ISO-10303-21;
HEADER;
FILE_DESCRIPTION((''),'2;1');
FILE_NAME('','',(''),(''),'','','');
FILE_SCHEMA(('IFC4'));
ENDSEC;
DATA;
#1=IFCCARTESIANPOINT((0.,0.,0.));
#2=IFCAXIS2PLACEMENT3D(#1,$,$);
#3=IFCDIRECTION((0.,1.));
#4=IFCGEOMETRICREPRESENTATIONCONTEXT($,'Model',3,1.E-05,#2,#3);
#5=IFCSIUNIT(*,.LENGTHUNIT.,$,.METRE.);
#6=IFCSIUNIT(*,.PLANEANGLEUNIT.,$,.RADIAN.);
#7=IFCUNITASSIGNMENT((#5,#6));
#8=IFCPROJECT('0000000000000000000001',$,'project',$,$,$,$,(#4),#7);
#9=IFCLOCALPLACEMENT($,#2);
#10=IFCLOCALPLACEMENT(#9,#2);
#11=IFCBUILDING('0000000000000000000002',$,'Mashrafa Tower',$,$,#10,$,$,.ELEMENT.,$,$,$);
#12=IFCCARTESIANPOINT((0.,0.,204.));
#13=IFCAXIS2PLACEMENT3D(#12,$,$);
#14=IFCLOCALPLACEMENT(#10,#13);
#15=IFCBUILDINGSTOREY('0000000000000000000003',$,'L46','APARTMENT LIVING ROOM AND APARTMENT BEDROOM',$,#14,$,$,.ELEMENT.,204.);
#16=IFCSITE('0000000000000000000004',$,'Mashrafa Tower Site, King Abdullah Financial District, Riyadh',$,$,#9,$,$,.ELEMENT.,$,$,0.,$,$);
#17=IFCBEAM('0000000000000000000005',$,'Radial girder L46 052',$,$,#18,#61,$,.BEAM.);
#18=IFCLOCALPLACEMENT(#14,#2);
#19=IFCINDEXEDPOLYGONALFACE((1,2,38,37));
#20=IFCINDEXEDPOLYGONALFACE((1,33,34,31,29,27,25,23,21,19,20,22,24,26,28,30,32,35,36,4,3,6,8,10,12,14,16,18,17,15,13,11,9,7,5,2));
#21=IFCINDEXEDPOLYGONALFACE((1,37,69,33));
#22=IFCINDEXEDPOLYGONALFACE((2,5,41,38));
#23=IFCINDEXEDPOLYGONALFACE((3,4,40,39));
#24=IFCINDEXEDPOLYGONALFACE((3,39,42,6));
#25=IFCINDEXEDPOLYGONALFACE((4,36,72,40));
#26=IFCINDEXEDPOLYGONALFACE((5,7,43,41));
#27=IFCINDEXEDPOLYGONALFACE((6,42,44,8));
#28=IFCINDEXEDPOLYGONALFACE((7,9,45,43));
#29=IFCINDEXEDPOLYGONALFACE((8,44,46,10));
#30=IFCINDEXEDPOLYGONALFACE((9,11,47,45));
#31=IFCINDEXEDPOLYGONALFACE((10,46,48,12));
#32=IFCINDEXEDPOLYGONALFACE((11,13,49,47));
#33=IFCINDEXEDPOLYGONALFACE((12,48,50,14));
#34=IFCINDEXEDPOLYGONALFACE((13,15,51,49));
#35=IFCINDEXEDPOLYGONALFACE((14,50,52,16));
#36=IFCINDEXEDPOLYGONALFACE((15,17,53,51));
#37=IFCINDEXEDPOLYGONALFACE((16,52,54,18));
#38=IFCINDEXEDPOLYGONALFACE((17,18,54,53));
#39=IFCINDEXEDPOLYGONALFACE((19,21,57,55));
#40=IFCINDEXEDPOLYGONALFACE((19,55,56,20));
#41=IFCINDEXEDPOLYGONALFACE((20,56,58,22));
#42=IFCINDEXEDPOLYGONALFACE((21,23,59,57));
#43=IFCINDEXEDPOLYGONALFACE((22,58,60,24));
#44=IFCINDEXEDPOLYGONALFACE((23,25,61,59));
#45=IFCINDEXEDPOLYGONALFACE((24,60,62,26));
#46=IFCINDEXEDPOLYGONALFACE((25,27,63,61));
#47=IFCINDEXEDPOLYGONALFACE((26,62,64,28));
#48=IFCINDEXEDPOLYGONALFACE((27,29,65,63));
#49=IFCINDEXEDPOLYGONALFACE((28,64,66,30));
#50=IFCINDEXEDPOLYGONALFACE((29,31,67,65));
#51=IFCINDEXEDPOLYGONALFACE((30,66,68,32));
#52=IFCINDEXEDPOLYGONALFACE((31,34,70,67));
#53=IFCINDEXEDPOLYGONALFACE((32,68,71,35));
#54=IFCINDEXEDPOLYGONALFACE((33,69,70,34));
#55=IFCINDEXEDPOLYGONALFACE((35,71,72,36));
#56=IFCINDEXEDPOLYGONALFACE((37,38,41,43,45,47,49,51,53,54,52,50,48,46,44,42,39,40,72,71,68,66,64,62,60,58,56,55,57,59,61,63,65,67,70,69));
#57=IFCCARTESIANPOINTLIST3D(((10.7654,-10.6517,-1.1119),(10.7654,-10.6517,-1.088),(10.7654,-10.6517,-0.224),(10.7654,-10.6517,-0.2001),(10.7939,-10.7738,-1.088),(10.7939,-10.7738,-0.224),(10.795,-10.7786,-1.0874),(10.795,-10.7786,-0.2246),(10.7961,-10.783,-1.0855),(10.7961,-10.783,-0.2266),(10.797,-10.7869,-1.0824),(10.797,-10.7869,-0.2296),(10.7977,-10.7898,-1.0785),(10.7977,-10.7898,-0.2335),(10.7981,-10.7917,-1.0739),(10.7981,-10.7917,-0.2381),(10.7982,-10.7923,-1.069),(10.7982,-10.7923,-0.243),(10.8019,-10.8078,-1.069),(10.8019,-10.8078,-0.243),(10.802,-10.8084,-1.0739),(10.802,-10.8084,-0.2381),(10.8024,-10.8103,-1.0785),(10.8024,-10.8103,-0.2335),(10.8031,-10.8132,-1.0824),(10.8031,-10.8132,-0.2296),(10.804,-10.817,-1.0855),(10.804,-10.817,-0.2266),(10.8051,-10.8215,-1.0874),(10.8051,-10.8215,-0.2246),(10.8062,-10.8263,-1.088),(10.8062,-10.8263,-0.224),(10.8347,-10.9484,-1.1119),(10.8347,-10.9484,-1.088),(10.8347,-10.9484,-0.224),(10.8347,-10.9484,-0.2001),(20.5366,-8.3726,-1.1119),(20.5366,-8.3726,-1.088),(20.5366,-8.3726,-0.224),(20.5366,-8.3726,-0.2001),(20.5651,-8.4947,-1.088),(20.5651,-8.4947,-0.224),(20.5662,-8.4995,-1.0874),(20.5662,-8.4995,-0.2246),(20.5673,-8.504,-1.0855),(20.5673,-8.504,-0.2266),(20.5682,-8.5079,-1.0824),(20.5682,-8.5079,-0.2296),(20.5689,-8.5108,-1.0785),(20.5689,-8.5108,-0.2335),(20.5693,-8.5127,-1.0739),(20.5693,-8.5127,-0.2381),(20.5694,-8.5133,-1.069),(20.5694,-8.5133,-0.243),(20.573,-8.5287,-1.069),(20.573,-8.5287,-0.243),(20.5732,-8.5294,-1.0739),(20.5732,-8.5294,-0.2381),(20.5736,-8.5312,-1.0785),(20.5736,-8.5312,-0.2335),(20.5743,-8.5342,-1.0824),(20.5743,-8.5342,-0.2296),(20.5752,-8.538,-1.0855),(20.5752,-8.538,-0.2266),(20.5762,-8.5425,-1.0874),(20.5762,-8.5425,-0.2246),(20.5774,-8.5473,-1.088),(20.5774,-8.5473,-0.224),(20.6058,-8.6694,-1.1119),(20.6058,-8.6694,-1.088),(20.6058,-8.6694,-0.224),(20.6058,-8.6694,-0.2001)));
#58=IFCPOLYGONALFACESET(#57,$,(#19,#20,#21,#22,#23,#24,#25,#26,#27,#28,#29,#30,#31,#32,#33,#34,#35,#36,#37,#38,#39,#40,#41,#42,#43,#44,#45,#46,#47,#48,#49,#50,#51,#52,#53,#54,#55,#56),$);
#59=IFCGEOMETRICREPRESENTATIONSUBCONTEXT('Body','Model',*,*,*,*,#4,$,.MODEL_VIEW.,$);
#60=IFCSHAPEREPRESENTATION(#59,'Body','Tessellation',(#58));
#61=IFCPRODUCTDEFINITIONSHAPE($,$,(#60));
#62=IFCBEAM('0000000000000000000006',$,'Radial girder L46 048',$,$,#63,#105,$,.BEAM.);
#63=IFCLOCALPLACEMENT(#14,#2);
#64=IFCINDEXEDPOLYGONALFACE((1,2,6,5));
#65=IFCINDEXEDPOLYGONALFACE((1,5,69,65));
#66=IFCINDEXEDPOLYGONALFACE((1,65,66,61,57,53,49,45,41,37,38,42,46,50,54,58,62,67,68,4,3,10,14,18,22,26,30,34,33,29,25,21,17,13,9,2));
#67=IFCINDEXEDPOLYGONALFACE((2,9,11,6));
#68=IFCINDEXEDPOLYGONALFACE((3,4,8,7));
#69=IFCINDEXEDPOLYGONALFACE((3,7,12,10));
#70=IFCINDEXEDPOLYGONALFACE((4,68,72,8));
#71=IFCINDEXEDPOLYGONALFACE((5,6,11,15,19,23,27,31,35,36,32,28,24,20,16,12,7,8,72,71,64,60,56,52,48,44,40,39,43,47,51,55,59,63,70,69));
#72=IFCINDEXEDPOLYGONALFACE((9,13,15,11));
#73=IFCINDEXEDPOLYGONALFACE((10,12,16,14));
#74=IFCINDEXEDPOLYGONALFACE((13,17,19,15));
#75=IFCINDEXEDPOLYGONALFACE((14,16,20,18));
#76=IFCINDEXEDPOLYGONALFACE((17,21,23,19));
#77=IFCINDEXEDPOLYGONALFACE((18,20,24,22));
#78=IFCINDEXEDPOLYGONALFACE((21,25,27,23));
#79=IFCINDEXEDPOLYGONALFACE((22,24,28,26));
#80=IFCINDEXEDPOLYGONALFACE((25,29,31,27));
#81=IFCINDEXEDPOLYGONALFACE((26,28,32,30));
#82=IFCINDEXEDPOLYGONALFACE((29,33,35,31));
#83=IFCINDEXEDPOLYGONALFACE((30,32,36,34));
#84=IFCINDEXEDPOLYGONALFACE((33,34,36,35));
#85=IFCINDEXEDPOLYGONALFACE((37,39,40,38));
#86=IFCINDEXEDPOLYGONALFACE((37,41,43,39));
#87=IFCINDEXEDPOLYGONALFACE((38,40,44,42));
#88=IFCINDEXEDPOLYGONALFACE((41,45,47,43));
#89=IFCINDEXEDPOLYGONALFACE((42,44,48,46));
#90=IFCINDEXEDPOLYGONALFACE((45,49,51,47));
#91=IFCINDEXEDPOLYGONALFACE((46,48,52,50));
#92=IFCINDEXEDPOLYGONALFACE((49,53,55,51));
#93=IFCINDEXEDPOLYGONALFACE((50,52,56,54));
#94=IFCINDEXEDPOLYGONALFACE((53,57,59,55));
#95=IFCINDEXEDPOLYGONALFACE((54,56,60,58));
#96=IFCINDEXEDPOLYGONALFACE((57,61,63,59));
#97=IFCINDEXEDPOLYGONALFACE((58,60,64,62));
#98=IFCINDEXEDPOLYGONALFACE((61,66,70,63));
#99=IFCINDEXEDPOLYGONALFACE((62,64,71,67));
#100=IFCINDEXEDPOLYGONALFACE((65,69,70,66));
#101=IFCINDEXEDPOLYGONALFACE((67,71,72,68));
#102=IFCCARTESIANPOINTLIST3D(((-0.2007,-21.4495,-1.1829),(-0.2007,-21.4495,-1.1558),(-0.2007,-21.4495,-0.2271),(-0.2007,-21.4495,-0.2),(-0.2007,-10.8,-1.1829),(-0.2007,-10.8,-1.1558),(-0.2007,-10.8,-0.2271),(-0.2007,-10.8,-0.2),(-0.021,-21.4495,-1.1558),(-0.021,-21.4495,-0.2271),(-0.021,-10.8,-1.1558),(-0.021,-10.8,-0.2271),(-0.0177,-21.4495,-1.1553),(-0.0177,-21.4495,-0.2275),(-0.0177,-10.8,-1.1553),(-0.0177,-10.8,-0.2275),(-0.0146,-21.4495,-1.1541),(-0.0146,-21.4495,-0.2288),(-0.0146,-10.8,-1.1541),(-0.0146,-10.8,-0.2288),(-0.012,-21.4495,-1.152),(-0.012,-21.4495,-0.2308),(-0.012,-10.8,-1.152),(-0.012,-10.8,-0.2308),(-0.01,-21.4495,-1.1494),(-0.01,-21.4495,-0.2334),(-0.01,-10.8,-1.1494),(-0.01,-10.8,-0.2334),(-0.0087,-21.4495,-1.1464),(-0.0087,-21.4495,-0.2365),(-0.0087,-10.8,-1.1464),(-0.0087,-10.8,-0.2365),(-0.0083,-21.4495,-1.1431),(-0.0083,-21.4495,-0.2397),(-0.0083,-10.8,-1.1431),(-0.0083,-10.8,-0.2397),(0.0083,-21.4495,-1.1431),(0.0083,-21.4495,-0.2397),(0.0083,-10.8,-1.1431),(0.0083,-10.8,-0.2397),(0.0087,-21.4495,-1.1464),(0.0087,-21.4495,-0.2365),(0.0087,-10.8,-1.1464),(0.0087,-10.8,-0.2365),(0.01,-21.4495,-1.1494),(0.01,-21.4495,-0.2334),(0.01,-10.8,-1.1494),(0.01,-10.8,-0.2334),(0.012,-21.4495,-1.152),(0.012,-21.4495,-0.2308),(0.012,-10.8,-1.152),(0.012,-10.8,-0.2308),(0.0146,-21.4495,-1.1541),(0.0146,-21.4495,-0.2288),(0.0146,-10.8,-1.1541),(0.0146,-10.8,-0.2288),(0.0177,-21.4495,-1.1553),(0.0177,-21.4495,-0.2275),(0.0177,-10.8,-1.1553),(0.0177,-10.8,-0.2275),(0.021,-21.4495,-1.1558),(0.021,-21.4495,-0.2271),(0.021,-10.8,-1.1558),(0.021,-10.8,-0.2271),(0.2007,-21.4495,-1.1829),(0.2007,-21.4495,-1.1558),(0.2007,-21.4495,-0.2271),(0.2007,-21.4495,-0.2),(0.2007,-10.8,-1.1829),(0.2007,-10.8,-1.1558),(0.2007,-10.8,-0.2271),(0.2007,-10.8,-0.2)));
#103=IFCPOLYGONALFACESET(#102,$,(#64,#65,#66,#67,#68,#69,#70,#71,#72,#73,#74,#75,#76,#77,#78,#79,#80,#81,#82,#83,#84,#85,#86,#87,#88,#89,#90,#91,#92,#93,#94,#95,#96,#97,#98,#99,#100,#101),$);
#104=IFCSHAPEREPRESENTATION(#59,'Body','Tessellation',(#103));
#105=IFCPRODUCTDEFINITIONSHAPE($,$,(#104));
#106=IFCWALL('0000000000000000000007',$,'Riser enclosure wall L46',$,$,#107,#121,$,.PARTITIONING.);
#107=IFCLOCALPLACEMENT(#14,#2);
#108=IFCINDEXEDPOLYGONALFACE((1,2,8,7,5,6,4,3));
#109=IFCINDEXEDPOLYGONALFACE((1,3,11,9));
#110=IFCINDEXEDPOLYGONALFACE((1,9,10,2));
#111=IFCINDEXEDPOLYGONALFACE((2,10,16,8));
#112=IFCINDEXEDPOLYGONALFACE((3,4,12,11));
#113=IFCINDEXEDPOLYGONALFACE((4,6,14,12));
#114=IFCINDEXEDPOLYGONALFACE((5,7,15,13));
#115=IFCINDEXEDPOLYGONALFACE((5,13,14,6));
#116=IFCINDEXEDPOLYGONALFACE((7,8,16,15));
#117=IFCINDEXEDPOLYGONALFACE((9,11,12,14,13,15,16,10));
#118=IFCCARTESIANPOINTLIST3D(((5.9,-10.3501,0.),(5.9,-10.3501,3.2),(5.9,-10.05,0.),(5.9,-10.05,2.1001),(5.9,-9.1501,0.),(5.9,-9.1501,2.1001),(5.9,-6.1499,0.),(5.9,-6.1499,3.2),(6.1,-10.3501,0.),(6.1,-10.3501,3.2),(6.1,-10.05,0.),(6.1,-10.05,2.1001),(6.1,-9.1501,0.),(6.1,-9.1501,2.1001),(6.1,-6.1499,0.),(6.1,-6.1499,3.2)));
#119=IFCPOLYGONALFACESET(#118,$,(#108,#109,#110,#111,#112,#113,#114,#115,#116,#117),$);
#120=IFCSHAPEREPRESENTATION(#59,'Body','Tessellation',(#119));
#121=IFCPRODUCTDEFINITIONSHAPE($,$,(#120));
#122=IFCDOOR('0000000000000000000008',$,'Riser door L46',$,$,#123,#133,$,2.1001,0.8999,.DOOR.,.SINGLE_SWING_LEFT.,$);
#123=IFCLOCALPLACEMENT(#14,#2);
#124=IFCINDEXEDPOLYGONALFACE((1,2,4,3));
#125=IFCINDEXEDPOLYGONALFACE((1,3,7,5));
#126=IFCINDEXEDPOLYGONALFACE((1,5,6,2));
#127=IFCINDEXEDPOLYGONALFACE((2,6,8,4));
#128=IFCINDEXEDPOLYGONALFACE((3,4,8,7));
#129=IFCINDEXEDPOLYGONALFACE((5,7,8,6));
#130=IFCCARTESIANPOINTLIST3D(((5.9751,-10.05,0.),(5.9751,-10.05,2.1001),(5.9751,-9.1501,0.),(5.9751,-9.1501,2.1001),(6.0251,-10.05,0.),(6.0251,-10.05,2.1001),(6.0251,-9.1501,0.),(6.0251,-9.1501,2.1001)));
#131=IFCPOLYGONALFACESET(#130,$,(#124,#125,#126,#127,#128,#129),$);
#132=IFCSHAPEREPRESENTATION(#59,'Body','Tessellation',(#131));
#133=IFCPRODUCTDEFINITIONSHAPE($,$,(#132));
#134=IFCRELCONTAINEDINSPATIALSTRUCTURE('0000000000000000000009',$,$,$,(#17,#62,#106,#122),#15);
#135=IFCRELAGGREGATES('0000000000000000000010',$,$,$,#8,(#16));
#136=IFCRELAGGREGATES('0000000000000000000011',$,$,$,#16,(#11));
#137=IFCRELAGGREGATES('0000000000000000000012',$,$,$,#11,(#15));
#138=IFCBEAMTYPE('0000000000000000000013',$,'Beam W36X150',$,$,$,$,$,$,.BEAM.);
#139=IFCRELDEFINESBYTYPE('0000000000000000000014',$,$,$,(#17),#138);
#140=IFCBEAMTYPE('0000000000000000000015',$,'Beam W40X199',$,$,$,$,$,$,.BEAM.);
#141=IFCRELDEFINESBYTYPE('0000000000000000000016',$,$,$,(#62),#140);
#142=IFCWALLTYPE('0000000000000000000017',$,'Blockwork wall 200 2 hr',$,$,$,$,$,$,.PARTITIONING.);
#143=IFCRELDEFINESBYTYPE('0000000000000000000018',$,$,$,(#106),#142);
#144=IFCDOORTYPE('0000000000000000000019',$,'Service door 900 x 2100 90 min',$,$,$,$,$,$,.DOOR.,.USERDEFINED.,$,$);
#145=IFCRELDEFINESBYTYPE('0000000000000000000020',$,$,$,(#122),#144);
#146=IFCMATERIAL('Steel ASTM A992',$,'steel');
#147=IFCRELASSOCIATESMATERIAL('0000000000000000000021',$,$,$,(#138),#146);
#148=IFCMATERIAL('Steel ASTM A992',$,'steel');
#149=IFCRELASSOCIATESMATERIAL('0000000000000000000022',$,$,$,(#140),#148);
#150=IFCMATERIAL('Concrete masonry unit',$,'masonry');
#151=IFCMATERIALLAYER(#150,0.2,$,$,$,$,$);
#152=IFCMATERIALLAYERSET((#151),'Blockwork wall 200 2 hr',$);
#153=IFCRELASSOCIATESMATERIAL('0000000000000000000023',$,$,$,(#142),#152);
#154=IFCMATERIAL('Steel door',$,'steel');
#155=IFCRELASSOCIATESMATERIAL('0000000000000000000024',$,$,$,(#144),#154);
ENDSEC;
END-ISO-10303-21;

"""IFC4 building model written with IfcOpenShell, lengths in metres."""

from ifc_helpers import new_model, si_unit, direction, frame, frame_2d, origin, origin_2d, place, context, subcontext, project, spatial, rectangle, i_section, extrude, material, layer, layer_set, material_profile, profile_set, type_object, element, fill, save


model = new_model("IFC4")

# Units and contexts
model_context = context("Model", 3, precision=1e-05, world=origin(), true_north=direction((0.0, 1.0)))
body_context = subcontext(model_context, "Body", "Model", "MODEL_VIEW")
ifc_project = project(units=[si_unit("LENGTHUNIT", "METRE"), si_unit("PLANEANGLEUNIT", "RADIAN")], contexts=[model_context])

# Site, building, storey
site_placement = place(None, origin())
site = spatial("IfcSite", under=ifc_project, at=site_placement, Name="Mashrafa Tower Site, King Abdullah Financial District, Riyadh", CompositionType="ELEMENT", RefElevation=0.0)
building_placement = place(site_placement, origin())
building = spatial("IfcBuilding", under=site, at=building_placement, Name="Mashrafa Tower", CompositionType="ELEMENT")
storey_placement = place(building_placement, frame((0.0, 0.0, 204.0)))
storey = spatial("IfcBuildingStorey", under=building, at=storey_placement, Name="L46", Description="APARTMENT LIVING ROOM AND APARTMENT BEDROOM", CompositionType="ELEMENT", Elevation=204.0)

# Beams
ifc_material_1 = material(Name="Steel ASTM A992", Category="steel")
ifc_material_profile_1 = material_profile(ifc_material_1, i_section(OverallWidth=0.3047, OverallDepth=0.9119, WebThickness=0.0159, FlangeThickness=0.0239, FilletRadius=0.019, at=origin_2d()), Name="W36X150")
ifc_profile_set_1 = profile_set([ifc_material_profile_1], Name="Steel ASTM A992")
beam_type_1 = type_object("IfcBeamType", Name="Beam W36X150", PredefinedType="BEAM", material=ifc_profile_set_1)
for number, where, z_axis, x_axis, name in (
    (1, (10.8, -10.8, -0.656), (0.973861, 0.227144, 0.0), (-0.227144, 0.973861, 0.0), "Radial girder L46 052"),
):
    element("IfcBeam", number, at=place(storey_placement, frame(where, z_axis=z_axis, x_axis=x_axis)), inside=storey, type_object=beam_type_1, Name=name, PredefinedType="BEAM", context=body_context, shape_type="SweptSolid", body=[
        extrude(i_section(OverallWidth=0.3047, OverallDepth=0.9119, WebThickness=0.0159, FlangeThickness=0.0239, FilletRadius=0.019, at=origin_2d()), origin(), (0.0, 0.0, 1.0), 10.0334),
    ])
ifc_material_2 = material(Name="Steel ASTM A992", Category="steel")
ifc_material_profile_2 = material_profile(ifc_material_2, i_section(OverallWidth=0.4014, OverallDepth=0.9829, WebThickness=0.0166, FlangeThickness=0.0271, FilletRadius=0.0127, at=origin_2d()), Name="W40X199")
ifc_profile_set_2 = profile_set([ifc_material_profile_2], Name="Steel ASTM A992")
beam_type_2 = type_object("IfcBeamType", Name="Beam W40X199", PredefinedType="BEAM", material=ifc_profile_set_2)
beam_1_placement = place(storey_placement, frame((0.0, -10.8, -0.6914), z_axis=(0.0, -1.0, 0.0), x_axis=(1.0, 0.0, 0.0)))
element("IfcBeam", 2, at=beam_1_placement, inside=storey, type_object=beam_type_2, Name="Radial girder L46 048", PredefinedType="BEAM", context=body_context, shape_type="SweptSolid", body=[
    extrude(i_section(OverallWidth=0.4014, OverallDepth=0.9829, WebThickness=0.0166, FlangeThickness=0.0271, FilletRadius=0.0127, at=origin_2d()), origin(), (0.0, 0.0, 1.0), 10.6494),
])

# Wall, opening, door
ifc_material_3 = material(Name="Concrete masonry unit", Category="masonry")
ifc_layer_1 = layer(ifc_material_3, 0.2)
ifc_layer_set_1 = layer_set([ifc_layer_1], Name="Blockwork wall 200 2 hr")
wall_type_1 = type_object("IfcWallType", Name="Blockwork wall 200 2 hr", PredefinedType="PARTITIONING", material=ifc_layer_set_1)
wall_1_placement = place(storey_placement, frame((6.0, -10.3501, 0.0), z_axis=(0.0, 0.0, 1.0), x_axis=(0.0, 1.0, 0.0)))
wall_1 = element("IfcWall", 3, at=wall_1_placement, inside=storey, type_object=wall_type_1, Name="Riser enclosure wall L46", PredefinedType="PARTITIONING", context=body_context, shape_type="SweptSolid", body=[
    extrude(rectangle(XDim=4.2002, YDim=0.2, at=frame_2d((2.1001, 0.0))), origin(), (0.0, 0.0, 1.0), 3.2),
])
opening_1_placement = place(wall_1_placement, frame((0.3, 0.0, 0.0)))
opening_1 = element("IfcOpeningElement", 4, at=opening_1_placement, cuts=wall_1, PredefinedType="OPENING", context=body_context, shape_type="SweptSolid", body=[
    extrude(rectangle(XDim=0.8999, YDim=2.1001, at=frame_2d((0.45, 1.05))), frame((0.0, 0.1099, 0.0), z_axis=(0.0, -1.0, 0.0), x_axis=(1.0, 0.0, 0.0)), (0.0, 0.0, 1.0), 0.22),
])
ifc_material_4 = material(Name="Steel door", Category="steel")
door_type_1 = type_object("IfcDoorType", Name="Service door 900 x 2100 90 min", OperationType="USERDEFINED", PredefinedType="DOOR", material=ifc_material_4)
door_1_placement = place(opening_1_placement, origin())
door_1 = element("IfcDoor", 5, at=door_1_placement, inside=storey, type_object=door_type_1, Name="Riser door L46", OperationType="SINGLE_SWING_LEFT", OverallHeight=2.1001, OverallWidth=0.8999, PredefinedType="DOOR", context=body_context, shape_type="SweptSolid", body=[
    extrude(rectangle(XDim=0.8999, YDim=2.1001, at=frame_2d((0.45, 1.05))), frame((0.0, 0.0249, 0.0), z_axis=(0.0, -1.0, 0.0), x_axis=(1.0, 0.0, 0.0)), (0.0, 0.0, 1.0), 0.05),
])
fill(opening_1, door_1)

save(model, "model.ifc")
